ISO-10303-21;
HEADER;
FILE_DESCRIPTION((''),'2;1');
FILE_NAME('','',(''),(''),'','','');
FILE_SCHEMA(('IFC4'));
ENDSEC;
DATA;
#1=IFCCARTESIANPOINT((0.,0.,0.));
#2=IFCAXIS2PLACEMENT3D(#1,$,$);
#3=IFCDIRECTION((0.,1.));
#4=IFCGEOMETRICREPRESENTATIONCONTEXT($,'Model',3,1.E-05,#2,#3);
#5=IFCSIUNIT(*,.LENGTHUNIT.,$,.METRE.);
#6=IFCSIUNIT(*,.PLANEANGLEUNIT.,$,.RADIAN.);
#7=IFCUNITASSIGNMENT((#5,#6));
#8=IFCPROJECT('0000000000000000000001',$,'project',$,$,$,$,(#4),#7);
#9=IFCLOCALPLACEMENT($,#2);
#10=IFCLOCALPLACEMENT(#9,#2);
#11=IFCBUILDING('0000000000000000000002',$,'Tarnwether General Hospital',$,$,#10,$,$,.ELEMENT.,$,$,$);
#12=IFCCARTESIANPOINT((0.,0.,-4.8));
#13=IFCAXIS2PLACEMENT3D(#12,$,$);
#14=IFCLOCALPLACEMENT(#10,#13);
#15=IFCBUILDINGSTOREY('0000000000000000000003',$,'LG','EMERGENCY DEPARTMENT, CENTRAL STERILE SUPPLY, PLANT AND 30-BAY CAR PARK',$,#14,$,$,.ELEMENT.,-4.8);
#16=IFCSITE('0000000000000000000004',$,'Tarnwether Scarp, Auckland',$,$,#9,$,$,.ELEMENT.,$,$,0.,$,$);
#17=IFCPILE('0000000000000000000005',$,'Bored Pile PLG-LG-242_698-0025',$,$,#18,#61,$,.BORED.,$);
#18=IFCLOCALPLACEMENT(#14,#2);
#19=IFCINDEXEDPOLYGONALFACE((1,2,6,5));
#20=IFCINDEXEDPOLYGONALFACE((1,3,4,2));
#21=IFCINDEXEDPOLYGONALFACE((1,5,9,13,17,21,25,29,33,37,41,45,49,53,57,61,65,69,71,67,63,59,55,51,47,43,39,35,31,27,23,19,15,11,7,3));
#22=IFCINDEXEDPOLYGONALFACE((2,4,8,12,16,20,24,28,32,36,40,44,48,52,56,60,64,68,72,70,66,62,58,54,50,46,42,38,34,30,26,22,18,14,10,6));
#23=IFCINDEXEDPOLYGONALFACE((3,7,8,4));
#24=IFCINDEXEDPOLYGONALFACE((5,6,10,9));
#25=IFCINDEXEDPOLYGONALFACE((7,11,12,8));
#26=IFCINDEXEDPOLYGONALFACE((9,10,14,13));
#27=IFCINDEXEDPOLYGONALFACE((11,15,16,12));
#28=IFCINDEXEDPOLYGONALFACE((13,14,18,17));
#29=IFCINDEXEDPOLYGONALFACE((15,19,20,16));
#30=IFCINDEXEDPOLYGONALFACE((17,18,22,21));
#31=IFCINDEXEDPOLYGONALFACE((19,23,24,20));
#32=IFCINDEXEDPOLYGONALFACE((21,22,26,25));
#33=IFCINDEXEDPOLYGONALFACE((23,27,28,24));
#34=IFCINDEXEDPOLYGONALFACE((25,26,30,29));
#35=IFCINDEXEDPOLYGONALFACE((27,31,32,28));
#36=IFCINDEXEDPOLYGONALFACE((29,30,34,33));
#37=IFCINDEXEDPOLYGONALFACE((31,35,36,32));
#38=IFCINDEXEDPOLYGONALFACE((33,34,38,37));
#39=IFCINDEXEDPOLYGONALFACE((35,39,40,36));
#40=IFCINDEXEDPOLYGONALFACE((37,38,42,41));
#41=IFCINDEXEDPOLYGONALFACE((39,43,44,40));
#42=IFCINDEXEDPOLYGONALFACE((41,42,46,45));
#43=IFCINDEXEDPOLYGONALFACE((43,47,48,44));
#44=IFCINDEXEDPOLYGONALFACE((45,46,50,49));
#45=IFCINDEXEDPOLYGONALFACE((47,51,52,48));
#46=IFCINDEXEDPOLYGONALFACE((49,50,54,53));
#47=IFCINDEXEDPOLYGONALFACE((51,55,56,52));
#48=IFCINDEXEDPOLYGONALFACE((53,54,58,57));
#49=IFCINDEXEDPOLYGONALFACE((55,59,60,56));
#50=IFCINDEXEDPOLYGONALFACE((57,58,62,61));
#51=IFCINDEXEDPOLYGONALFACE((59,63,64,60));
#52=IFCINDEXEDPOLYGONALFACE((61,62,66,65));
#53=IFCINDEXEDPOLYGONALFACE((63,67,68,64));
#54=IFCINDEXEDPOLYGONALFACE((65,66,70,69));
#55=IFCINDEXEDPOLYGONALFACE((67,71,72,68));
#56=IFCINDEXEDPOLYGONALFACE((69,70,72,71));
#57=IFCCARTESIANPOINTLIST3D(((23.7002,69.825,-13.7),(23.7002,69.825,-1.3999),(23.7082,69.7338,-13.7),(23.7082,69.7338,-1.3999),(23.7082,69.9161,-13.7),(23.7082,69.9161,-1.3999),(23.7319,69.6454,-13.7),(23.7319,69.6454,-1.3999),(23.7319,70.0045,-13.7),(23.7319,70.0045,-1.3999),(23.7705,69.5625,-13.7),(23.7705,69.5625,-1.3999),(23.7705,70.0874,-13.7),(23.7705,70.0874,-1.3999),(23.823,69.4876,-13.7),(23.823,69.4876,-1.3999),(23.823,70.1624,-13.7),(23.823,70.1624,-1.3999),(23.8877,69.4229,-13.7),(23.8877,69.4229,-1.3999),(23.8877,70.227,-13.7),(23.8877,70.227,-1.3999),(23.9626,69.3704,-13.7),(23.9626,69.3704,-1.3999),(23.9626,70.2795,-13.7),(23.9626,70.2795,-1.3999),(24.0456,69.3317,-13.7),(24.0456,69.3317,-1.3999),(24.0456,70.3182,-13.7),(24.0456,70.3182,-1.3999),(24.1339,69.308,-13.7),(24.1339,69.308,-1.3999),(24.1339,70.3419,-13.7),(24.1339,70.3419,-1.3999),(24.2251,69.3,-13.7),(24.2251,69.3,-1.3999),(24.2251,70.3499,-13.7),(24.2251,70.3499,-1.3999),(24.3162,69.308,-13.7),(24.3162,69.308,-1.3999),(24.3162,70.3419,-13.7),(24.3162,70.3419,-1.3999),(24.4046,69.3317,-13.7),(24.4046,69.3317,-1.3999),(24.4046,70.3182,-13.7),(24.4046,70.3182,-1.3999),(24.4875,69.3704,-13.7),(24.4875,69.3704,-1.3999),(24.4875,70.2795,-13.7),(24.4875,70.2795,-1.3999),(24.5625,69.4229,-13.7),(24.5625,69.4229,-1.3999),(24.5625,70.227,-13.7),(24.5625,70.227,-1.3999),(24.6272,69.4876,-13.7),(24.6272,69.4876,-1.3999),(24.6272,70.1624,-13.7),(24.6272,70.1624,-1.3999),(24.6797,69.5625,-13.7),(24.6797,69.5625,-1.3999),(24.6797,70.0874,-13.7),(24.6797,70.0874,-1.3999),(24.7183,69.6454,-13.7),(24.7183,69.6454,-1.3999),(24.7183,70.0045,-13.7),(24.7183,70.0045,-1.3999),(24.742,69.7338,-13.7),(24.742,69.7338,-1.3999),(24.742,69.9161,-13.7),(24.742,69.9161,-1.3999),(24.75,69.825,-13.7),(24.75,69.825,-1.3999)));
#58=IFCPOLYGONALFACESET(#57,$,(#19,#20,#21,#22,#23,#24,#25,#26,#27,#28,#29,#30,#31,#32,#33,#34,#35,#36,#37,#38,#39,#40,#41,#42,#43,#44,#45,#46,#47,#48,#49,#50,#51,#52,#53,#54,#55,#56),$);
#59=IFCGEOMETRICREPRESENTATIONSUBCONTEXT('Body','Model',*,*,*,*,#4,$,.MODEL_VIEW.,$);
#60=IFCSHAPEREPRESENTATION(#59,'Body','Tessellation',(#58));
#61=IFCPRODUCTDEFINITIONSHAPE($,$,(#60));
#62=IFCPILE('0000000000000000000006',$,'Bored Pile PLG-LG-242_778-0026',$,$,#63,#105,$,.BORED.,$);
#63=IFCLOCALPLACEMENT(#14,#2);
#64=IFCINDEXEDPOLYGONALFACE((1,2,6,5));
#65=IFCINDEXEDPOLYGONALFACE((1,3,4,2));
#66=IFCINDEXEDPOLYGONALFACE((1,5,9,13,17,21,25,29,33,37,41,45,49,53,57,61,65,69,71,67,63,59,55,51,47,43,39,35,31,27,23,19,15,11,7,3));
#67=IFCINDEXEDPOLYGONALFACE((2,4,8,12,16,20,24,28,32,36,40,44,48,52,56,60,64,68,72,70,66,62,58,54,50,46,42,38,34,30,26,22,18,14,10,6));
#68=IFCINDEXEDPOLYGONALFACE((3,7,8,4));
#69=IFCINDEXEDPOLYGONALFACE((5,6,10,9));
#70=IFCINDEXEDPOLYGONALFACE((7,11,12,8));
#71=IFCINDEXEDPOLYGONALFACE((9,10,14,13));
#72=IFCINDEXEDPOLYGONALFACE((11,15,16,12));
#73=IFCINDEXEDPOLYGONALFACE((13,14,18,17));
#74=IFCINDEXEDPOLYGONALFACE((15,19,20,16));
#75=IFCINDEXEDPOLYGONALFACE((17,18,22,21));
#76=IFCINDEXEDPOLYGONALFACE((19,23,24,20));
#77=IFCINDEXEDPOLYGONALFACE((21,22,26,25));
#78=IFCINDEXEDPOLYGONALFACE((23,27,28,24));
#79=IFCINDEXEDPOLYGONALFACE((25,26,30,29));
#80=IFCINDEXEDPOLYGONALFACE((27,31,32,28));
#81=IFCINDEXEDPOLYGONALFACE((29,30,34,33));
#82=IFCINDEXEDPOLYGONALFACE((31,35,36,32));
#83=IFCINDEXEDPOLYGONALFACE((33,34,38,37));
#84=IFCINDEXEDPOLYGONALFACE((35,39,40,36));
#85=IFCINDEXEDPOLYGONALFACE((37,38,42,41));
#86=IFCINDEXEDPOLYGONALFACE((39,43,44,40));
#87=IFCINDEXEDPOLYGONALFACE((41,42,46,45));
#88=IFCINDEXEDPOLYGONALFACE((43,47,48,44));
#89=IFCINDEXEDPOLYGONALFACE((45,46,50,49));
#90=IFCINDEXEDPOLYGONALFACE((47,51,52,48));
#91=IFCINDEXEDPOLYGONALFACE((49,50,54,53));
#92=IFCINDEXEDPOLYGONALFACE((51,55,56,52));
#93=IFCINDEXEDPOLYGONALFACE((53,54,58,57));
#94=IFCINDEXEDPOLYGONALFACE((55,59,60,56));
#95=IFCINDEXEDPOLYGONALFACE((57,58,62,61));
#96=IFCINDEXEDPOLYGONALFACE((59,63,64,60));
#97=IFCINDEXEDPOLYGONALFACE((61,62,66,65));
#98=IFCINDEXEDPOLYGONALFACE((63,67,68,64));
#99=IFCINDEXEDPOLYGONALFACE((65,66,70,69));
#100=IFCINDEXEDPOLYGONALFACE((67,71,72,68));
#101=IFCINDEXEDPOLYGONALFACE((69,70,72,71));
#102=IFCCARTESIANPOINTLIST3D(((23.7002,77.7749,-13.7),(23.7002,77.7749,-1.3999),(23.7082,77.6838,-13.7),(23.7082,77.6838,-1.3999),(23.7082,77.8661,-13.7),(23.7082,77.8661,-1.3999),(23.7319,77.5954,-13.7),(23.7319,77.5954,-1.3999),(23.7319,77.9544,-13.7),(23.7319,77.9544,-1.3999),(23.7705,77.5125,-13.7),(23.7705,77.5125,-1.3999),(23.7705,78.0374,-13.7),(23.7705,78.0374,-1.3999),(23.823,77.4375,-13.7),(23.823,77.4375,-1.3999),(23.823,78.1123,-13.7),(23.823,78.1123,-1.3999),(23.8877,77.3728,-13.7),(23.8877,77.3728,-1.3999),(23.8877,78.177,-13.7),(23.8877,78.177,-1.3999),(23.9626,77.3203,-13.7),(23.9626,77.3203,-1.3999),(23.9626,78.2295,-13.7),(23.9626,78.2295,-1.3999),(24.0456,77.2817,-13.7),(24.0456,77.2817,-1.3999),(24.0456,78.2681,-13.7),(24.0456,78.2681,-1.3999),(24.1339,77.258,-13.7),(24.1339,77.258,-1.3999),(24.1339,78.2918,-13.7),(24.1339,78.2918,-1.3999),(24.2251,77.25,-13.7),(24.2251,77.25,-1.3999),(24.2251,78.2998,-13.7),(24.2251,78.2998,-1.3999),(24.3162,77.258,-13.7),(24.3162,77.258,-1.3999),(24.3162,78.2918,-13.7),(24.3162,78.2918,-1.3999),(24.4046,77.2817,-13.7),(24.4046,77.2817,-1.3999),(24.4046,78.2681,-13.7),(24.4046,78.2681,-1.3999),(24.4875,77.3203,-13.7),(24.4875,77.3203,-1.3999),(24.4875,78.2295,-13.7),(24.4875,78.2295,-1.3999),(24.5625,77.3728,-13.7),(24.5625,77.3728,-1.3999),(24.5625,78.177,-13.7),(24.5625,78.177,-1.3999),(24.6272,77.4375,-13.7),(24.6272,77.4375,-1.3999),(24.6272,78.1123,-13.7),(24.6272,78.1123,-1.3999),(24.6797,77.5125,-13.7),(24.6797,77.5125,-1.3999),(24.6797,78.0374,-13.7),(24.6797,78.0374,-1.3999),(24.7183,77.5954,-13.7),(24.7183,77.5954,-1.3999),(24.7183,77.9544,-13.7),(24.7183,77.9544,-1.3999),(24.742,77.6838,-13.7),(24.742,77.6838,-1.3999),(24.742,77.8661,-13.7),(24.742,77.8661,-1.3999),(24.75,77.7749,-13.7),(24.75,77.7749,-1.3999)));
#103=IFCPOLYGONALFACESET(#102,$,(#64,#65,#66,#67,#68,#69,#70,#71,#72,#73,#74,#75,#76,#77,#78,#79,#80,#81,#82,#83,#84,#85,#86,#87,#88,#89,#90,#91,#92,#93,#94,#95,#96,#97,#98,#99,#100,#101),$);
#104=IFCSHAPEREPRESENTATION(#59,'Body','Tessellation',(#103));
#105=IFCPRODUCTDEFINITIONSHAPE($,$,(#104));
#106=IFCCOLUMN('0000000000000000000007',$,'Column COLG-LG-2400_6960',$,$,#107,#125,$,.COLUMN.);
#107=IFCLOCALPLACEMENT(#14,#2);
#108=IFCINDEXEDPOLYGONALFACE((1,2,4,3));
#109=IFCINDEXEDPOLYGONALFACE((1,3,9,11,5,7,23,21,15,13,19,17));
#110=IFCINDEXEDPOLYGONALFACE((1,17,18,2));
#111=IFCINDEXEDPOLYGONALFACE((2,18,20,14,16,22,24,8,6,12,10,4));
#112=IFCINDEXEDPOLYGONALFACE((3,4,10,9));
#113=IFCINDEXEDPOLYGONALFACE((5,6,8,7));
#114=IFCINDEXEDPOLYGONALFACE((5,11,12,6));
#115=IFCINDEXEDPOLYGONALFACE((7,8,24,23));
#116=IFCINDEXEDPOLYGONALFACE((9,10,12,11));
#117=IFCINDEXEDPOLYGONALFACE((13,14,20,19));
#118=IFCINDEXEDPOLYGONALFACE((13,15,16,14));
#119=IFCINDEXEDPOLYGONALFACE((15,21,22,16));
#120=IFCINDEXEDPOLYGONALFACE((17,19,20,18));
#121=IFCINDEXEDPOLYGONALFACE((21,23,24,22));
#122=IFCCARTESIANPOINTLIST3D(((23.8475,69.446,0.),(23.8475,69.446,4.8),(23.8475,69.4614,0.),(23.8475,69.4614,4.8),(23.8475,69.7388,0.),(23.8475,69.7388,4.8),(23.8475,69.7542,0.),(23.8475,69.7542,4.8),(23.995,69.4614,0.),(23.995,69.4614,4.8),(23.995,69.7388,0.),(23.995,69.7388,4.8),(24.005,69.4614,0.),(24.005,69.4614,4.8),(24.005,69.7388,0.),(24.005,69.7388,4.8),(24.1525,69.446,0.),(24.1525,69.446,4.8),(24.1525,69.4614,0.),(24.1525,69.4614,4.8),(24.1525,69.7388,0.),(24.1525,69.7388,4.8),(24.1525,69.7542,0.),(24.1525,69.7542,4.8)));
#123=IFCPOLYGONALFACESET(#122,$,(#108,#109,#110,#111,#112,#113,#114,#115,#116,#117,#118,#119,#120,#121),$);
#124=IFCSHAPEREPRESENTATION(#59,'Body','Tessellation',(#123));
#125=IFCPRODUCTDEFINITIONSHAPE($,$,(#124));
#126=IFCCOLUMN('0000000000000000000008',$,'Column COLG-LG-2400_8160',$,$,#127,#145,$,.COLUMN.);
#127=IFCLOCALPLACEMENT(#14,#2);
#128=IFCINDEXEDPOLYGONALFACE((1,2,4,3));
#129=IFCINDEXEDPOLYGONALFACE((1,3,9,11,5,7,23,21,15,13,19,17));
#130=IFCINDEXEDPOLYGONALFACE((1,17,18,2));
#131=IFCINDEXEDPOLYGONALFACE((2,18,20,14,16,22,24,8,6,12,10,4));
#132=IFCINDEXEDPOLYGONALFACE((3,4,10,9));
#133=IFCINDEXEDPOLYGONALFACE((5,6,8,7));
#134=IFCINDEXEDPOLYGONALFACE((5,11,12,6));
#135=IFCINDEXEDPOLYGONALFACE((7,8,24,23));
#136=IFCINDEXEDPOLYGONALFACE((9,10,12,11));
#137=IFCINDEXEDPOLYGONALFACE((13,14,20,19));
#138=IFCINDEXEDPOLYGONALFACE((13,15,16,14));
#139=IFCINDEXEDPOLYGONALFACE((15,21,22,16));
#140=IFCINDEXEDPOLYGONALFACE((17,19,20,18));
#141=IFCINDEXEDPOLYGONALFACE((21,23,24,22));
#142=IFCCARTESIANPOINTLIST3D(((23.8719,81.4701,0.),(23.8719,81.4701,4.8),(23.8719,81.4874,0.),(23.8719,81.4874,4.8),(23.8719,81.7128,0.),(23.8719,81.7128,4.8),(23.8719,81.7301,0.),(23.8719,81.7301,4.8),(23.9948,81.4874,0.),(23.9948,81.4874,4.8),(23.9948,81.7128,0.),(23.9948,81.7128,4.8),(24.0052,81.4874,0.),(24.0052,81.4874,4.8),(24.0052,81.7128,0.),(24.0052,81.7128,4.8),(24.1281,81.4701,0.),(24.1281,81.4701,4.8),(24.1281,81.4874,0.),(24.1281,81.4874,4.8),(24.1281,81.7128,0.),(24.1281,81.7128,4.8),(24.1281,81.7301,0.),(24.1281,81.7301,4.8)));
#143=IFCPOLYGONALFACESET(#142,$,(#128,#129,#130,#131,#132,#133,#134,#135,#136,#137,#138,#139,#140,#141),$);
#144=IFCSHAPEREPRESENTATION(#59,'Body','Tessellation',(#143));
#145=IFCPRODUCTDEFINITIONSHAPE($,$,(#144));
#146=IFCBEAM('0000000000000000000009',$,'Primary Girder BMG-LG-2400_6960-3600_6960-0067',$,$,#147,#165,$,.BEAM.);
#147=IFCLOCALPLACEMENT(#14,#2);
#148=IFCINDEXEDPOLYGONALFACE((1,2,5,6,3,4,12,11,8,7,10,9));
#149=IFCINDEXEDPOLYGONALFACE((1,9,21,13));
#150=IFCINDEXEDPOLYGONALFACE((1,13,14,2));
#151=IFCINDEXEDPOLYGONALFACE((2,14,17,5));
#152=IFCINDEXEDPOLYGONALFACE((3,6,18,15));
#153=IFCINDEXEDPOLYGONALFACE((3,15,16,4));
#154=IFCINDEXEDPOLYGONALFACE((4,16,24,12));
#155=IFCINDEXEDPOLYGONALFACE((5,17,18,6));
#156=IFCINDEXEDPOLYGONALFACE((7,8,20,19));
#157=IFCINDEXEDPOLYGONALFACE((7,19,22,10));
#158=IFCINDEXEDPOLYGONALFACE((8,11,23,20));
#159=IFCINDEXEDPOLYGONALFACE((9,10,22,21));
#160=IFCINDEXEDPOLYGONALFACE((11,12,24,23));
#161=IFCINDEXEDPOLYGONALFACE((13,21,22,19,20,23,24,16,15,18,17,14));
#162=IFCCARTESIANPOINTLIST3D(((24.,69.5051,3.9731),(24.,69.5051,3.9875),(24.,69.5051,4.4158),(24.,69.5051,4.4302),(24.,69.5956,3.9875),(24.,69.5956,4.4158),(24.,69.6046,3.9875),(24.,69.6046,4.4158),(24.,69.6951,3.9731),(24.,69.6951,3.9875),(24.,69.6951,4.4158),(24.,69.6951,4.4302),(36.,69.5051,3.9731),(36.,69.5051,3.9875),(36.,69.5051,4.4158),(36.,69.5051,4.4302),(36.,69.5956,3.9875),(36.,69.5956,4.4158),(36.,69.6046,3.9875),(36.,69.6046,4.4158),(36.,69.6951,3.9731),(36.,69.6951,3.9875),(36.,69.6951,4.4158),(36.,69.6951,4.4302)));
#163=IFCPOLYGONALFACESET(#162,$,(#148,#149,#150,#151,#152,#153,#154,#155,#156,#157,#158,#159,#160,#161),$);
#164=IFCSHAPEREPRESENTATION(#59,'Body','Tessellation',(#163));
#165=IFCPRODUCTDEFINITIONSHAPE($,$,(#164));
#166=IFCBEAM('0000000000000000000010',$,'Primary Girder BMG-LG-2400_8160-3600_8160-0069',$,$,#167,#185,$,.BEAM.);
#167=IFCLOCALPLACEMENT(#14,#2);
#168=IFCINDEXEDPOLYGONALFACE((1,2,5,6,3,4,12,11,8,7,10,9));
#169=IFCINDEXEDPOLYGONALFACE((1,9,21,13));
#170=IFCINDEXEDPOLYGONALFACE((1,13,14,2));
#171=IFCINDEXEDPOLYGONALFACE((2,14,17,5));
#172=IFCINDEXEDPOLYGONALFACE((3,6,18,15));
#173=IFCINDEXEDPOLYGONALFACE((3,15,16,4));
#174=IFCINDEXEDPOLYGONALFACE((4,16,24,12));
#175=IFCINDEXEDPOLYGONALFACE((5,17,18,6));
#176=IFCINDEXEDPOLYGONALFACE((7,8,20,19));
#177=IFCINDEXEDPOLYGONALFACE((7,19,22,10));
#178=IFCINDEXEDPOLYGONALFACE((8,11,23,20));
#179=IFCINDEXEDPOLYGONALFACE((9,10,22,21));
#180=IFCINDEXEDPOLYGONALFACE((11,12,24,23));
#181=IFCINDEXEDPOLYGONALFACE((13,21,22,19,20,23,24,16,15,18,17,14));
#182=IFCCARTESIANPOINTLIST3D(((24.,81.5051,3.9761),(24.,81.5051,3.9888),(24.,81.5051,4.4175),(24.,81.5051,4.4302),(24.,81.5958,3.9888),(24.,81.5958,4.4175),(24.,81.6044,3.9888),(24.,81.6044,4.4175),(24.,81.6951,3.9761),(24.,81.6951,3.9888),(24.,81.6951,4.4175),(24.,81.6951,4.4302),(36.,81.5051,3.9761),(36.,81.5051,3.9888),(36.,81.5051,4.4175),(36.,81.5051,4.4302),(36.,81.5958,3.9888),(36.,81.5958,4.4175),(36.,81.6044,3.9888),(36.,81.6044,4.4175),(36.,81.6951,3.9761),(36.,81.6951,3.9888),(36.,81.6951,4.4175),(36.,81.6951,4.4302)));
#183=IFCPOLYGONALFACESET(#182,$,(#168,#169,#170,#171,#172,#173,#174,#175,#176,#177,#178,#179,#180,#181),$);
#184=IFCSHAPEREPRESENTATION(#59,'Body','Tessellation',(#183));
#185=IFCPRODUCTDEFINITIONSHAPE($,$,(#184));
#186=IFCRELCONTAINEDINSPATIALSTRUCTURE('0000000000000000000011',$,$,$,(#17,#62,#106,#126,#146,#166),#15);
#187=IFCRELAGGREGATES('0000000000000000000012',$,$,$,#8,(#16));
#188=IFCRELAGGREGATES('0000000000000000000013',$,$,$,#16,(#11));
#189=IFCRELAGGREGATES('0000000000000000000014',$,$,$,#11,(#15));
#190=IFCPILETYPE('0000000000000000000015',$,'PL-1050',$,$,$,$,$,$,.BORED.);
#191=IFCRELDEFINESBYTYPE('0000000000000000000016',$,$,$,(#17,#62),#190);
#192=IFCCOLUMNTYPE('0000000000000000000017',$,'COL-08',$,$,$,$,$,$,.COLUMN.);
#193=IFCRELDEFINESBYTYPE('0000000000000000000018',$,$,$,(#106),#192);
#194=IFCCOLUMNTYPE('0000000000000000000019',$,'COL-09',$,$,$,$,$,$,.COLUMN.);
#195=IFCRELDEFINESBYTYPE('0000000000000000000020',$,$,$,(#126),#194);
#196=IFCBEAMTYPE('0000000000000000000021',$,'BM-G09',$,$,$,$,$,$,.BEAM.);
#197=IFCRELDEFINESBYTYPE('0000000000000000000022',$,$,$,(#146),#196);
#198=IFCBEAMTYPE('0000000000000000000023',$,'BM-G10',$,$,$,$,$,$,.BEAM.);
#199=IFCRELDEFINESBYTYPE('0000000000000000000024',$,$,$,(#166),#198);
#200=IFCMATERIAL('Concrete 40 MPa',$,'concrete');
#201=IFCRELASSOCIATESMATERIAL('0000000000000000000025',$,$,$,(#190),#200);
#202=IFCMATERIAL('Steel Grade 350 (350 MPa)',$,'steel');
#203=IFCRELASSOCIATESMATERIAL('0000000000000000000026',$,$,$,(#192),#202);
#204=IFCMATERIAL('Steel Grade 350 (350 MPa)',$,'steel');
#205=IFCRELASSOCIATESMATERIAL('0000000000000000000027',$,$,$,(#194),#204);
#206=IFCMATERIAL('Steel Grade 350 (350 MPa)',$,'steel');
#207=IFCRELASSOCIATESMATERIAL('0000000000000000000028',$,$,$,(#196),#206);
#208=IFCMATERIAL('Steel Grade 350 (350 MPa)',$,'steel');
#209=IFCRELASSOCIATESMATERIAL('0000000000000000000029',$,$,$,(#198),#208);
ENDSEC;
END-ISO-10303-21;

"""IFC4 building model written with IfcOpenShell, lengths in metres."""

from ifc_helpers import new_model, si_unit, direction, frame, origin, origin_2d, place, context, subcontext, project, spatial, circle, i_section, extrude, material, material_profile, profile_set, type_object, element, save


model = new_model("IFC4")

# Units and contexts
model_context = context("Model", 3, precision=1e-05, world=origin(), true_north=direction((0.0, 1.0)))
body_context = subcontext(model_context, "Body", "Model", "MODEL_VIEW")
ifc_project = project(units=[si_unit("LENGTHUNIT", "METRE"), si_unit("PLANEANGLEUNIT", "RADIAN")], contexts=[model_context])

# Site, building, storey
site_placement = place(None, origin())
site = spatial("IfcSite", under=ifc_project, at=site_placement, Name="Tarnwether Scarp, Auckland", CompositionType="ELEMENT", RefElevation=0.0)
building_placement = place(site_placement, origin())
building = spatial("IfcBuilding", under=site, at=building_placement, Name="Tarnwether General Hospital", CompositionType="ELEMENT")
storey_placement = place(building_placement, frame((0.0, 0.0, -4.8)))
storey = spatial("IfcBuildingStorey", under=building, at=storey_placement, Name="LG", Description="EMERGENCY DEPARTMENT, CENTRAL STERILE SUPPLY, PLANT AND 30-BAY CAR PARK", CompositionType="ELEMENT", Elevation=-4.8)

# Piles
ifc_material_1 = material(Name="Concrete 40 MPa", Category="concrete")
ifc_material_profile_1 = material_profile(ifc_material_1, circle(Radius=0.5249, at=origin_2d()), Name="PILE-D1050")
ifc_profile_set_1 = profile_set([ifc_material_profile_1], Name="Concrete 40 MPa")
pile_type = type_object("IfcPileType", Name="PL-1050", PredefinedType="BORED", material=ifc_profile_set_1)
for number, where, z_axis, x_axis, name in (
    (1, (24.2251, 69.825, -1.3999), (0.0, 0.0, -1.0), (1.0, 0.0, 0.0), "Bored Pile PLG-LG-242_698-0025"),
    (2, (24.2251, 77.7749, -1.3999), (0.0, 0.0, -1.0), (1.0, 0.0, 0.0), "Bored Pile PLG-LG-242_778-0026"),
):
    element("IfcPile", number, at=place(storey_placement, frame(where, z_axis=z_axis, x_axis=x_axis)), inside=storey, type_object=pile_type, Name=name, PredefinedType="BORED", context=body_context, shape_type="SweptSolid", body=[
        extrude(circle(Radius=0.5249, at=origin_2d()), origin(), (0.0, 0.0, 1.0), 12.3),
    ])

# Columns
ifc_material_2 = material(Name="Steel Grade 350 (350 MPa)", Category="steel")
ifc_material_profile_2 = material_profile(ifc_material_2, i_section(OverallWidth=0.3049, OverallDepth=0.3081, WebThickness=0.01, FlangeThickness=0.0154, at=origin_2d()), Name="310UC96.8")
ifc_profile_set_2 = profile_set([ifc_material_profile_2], Name="Steel Grade 350 (350 MPa)")
column_type_1 = type_object("IfcColumnType", Name="COL-08", PredefinedType="COLUMN", material=ifc_profile_set_2)
column_1_placement = place(storey_placement, frame((24.0, 69.6001, 0.0), z_axis=(0.0, 0.0, 1.0), x_axis=(1.0, 0.0, 0.0)))
element("IfcColumn", 3, at=column_1_placement, inside=storey, type_object=column_type_1, Name="Column COLG-LG-2400_6960", PredefinedType="COLUMN", context=body_context, shape_type="SweptSolid", body=[
    extrude(i_section(OverallWidth=0.3049, OverallDepth=0.3081, WebThickness=0.01, FlangeThickness=0.0154, at=origin_2d()), origin(), (0.0, 0.0, 1.0), 4.8),
])
ifc_material_3 = material(Name="Steel Grade 350 (350 MPa)", Category="steel")
ifc_material_profile_3 = material_profile(ifc_material_3, i_section(OverallWidth=0.2561, OverallDepth=0.26, WebThickness=0.0105, FlangeThickness=0.0173, at=origin_2d()), Name="250UC89.5")
ifc_profile_set_3 = profile_set([ifc_material_profile_3], Name="Steel Grade 350 (350 MPa)")
column_type_2 = type_object("IfcColumnType", Name="COL-09", PredefinedType="COLUMN", material=ifc_profile_set_3)
column_2_placement = place(storey_placement, frame((24.0, 81.6001, 0.0), z_axis=(0.0, 0.0, 1.0), x_axis=(1.0, 0.0, 0.0)))
element("IfcColumn", 4, at=column_2_placement, inside=storey, type_object=column_type_2, Name="Column COLG-LG-2400_8160", PredefinedType="COLUMN", context=body_context, shape_type="SweptSolid", body=[
    extrude(i_section(OverallWidth=0.2561, OverallDepth=0.26, WebThickness=0.0105, FlangeThickness=0.0173, at=origin_2d()), origin(), (0.0, 0.0, 1.0), 4.8),
])

# Beams
ifc_material_4 = material(Name="Steel Grade 350 (350 MPa)", Category="steel")
ifc_material_profile_4 = material_profile(ifc_material_4, i_section(OverallWidth=0.1899, OverallDepth=0.457, WebThickness=0.009, FlangeThickness=0.0144, at=origin_2d()), Name="460UB74.6")
ifc_profile_set_4 = profile_set([ifc_material_profile_4], Name="Steel Grade 350 (350 MPa)")
beam_type_1 = type_object("IfcBeamType", Name="BM-G09", PredefinedType="BEAM", material=ifc_profile_set_4)
beam_1_placement = place(storey_placement, frame((24.0, 69.6001, 4.2017), z_axis=(1.0, 0.0, 0.0), x_axis=(0.0, 1.0, 0.0)))
element("IfcBeam", 5, at=beam_1_placement, inside=storey, type_object=beam_type_1, Name="Primary Girder BMG-LG-2400_6960-3600_6960-0067", PredefinedType="BEAM", context=body_context, shape_type="SweptSolid", body=[
    extrude(i_section(OverallWidth=0.1899, OverallDepth=0.457, WebThickness=0.009, FlangeThickness=0.0144, at=origin_2d()), origin(), (0.0, 0.0, 1.0), 12.0),
])
ifc_material_5 = material(Name="Steel Grade 350 (350 MPa)", Category="steel")
ifc_material_profile_5 = material_profile(ifc_material_5, i_section(OverallWidth=0.1899, OverallDepth=0.4541, WebThickness=0.0085, FlangeThickness=0.0127, at=origin_2d()), Name="460UB67.1")
ifc_profile_set_5 = profile_set([ifc_material_profile_5], Name="Steel Grade 350 (350 MPa)")
beam_type_2 = type_object("IfcBeamType", Name="BM-G10", PredefinedType="BEAM", material=ifc_profile_set_5)
beam_2_placement = place(storey_placement, frame((24.0, 81.6001, 4.2031), z_axis=(1.0, 0.0, 0.0), x_axis=(0.0, 1.0, 0.0)))
element("IfcBeam", 6, at=beam_2_placement, inside=storey, type_object=beam_type_2, Name="Primary Girder BMG-LG-2400_8160-3600_8160-0069", PredefinedType="BEAM", context=body_context, shape_type="SweptSolid", body=[
    extrude(i_section(OverallWidth=0.1899, OverallDepth=0.4541, WebThickness=0.0085, FlangeThickness=0.0127, at=origin_2d()), origin(), (0.0, 0.0, 1.0), 12.0),
])

save(model, "model.ifc")
